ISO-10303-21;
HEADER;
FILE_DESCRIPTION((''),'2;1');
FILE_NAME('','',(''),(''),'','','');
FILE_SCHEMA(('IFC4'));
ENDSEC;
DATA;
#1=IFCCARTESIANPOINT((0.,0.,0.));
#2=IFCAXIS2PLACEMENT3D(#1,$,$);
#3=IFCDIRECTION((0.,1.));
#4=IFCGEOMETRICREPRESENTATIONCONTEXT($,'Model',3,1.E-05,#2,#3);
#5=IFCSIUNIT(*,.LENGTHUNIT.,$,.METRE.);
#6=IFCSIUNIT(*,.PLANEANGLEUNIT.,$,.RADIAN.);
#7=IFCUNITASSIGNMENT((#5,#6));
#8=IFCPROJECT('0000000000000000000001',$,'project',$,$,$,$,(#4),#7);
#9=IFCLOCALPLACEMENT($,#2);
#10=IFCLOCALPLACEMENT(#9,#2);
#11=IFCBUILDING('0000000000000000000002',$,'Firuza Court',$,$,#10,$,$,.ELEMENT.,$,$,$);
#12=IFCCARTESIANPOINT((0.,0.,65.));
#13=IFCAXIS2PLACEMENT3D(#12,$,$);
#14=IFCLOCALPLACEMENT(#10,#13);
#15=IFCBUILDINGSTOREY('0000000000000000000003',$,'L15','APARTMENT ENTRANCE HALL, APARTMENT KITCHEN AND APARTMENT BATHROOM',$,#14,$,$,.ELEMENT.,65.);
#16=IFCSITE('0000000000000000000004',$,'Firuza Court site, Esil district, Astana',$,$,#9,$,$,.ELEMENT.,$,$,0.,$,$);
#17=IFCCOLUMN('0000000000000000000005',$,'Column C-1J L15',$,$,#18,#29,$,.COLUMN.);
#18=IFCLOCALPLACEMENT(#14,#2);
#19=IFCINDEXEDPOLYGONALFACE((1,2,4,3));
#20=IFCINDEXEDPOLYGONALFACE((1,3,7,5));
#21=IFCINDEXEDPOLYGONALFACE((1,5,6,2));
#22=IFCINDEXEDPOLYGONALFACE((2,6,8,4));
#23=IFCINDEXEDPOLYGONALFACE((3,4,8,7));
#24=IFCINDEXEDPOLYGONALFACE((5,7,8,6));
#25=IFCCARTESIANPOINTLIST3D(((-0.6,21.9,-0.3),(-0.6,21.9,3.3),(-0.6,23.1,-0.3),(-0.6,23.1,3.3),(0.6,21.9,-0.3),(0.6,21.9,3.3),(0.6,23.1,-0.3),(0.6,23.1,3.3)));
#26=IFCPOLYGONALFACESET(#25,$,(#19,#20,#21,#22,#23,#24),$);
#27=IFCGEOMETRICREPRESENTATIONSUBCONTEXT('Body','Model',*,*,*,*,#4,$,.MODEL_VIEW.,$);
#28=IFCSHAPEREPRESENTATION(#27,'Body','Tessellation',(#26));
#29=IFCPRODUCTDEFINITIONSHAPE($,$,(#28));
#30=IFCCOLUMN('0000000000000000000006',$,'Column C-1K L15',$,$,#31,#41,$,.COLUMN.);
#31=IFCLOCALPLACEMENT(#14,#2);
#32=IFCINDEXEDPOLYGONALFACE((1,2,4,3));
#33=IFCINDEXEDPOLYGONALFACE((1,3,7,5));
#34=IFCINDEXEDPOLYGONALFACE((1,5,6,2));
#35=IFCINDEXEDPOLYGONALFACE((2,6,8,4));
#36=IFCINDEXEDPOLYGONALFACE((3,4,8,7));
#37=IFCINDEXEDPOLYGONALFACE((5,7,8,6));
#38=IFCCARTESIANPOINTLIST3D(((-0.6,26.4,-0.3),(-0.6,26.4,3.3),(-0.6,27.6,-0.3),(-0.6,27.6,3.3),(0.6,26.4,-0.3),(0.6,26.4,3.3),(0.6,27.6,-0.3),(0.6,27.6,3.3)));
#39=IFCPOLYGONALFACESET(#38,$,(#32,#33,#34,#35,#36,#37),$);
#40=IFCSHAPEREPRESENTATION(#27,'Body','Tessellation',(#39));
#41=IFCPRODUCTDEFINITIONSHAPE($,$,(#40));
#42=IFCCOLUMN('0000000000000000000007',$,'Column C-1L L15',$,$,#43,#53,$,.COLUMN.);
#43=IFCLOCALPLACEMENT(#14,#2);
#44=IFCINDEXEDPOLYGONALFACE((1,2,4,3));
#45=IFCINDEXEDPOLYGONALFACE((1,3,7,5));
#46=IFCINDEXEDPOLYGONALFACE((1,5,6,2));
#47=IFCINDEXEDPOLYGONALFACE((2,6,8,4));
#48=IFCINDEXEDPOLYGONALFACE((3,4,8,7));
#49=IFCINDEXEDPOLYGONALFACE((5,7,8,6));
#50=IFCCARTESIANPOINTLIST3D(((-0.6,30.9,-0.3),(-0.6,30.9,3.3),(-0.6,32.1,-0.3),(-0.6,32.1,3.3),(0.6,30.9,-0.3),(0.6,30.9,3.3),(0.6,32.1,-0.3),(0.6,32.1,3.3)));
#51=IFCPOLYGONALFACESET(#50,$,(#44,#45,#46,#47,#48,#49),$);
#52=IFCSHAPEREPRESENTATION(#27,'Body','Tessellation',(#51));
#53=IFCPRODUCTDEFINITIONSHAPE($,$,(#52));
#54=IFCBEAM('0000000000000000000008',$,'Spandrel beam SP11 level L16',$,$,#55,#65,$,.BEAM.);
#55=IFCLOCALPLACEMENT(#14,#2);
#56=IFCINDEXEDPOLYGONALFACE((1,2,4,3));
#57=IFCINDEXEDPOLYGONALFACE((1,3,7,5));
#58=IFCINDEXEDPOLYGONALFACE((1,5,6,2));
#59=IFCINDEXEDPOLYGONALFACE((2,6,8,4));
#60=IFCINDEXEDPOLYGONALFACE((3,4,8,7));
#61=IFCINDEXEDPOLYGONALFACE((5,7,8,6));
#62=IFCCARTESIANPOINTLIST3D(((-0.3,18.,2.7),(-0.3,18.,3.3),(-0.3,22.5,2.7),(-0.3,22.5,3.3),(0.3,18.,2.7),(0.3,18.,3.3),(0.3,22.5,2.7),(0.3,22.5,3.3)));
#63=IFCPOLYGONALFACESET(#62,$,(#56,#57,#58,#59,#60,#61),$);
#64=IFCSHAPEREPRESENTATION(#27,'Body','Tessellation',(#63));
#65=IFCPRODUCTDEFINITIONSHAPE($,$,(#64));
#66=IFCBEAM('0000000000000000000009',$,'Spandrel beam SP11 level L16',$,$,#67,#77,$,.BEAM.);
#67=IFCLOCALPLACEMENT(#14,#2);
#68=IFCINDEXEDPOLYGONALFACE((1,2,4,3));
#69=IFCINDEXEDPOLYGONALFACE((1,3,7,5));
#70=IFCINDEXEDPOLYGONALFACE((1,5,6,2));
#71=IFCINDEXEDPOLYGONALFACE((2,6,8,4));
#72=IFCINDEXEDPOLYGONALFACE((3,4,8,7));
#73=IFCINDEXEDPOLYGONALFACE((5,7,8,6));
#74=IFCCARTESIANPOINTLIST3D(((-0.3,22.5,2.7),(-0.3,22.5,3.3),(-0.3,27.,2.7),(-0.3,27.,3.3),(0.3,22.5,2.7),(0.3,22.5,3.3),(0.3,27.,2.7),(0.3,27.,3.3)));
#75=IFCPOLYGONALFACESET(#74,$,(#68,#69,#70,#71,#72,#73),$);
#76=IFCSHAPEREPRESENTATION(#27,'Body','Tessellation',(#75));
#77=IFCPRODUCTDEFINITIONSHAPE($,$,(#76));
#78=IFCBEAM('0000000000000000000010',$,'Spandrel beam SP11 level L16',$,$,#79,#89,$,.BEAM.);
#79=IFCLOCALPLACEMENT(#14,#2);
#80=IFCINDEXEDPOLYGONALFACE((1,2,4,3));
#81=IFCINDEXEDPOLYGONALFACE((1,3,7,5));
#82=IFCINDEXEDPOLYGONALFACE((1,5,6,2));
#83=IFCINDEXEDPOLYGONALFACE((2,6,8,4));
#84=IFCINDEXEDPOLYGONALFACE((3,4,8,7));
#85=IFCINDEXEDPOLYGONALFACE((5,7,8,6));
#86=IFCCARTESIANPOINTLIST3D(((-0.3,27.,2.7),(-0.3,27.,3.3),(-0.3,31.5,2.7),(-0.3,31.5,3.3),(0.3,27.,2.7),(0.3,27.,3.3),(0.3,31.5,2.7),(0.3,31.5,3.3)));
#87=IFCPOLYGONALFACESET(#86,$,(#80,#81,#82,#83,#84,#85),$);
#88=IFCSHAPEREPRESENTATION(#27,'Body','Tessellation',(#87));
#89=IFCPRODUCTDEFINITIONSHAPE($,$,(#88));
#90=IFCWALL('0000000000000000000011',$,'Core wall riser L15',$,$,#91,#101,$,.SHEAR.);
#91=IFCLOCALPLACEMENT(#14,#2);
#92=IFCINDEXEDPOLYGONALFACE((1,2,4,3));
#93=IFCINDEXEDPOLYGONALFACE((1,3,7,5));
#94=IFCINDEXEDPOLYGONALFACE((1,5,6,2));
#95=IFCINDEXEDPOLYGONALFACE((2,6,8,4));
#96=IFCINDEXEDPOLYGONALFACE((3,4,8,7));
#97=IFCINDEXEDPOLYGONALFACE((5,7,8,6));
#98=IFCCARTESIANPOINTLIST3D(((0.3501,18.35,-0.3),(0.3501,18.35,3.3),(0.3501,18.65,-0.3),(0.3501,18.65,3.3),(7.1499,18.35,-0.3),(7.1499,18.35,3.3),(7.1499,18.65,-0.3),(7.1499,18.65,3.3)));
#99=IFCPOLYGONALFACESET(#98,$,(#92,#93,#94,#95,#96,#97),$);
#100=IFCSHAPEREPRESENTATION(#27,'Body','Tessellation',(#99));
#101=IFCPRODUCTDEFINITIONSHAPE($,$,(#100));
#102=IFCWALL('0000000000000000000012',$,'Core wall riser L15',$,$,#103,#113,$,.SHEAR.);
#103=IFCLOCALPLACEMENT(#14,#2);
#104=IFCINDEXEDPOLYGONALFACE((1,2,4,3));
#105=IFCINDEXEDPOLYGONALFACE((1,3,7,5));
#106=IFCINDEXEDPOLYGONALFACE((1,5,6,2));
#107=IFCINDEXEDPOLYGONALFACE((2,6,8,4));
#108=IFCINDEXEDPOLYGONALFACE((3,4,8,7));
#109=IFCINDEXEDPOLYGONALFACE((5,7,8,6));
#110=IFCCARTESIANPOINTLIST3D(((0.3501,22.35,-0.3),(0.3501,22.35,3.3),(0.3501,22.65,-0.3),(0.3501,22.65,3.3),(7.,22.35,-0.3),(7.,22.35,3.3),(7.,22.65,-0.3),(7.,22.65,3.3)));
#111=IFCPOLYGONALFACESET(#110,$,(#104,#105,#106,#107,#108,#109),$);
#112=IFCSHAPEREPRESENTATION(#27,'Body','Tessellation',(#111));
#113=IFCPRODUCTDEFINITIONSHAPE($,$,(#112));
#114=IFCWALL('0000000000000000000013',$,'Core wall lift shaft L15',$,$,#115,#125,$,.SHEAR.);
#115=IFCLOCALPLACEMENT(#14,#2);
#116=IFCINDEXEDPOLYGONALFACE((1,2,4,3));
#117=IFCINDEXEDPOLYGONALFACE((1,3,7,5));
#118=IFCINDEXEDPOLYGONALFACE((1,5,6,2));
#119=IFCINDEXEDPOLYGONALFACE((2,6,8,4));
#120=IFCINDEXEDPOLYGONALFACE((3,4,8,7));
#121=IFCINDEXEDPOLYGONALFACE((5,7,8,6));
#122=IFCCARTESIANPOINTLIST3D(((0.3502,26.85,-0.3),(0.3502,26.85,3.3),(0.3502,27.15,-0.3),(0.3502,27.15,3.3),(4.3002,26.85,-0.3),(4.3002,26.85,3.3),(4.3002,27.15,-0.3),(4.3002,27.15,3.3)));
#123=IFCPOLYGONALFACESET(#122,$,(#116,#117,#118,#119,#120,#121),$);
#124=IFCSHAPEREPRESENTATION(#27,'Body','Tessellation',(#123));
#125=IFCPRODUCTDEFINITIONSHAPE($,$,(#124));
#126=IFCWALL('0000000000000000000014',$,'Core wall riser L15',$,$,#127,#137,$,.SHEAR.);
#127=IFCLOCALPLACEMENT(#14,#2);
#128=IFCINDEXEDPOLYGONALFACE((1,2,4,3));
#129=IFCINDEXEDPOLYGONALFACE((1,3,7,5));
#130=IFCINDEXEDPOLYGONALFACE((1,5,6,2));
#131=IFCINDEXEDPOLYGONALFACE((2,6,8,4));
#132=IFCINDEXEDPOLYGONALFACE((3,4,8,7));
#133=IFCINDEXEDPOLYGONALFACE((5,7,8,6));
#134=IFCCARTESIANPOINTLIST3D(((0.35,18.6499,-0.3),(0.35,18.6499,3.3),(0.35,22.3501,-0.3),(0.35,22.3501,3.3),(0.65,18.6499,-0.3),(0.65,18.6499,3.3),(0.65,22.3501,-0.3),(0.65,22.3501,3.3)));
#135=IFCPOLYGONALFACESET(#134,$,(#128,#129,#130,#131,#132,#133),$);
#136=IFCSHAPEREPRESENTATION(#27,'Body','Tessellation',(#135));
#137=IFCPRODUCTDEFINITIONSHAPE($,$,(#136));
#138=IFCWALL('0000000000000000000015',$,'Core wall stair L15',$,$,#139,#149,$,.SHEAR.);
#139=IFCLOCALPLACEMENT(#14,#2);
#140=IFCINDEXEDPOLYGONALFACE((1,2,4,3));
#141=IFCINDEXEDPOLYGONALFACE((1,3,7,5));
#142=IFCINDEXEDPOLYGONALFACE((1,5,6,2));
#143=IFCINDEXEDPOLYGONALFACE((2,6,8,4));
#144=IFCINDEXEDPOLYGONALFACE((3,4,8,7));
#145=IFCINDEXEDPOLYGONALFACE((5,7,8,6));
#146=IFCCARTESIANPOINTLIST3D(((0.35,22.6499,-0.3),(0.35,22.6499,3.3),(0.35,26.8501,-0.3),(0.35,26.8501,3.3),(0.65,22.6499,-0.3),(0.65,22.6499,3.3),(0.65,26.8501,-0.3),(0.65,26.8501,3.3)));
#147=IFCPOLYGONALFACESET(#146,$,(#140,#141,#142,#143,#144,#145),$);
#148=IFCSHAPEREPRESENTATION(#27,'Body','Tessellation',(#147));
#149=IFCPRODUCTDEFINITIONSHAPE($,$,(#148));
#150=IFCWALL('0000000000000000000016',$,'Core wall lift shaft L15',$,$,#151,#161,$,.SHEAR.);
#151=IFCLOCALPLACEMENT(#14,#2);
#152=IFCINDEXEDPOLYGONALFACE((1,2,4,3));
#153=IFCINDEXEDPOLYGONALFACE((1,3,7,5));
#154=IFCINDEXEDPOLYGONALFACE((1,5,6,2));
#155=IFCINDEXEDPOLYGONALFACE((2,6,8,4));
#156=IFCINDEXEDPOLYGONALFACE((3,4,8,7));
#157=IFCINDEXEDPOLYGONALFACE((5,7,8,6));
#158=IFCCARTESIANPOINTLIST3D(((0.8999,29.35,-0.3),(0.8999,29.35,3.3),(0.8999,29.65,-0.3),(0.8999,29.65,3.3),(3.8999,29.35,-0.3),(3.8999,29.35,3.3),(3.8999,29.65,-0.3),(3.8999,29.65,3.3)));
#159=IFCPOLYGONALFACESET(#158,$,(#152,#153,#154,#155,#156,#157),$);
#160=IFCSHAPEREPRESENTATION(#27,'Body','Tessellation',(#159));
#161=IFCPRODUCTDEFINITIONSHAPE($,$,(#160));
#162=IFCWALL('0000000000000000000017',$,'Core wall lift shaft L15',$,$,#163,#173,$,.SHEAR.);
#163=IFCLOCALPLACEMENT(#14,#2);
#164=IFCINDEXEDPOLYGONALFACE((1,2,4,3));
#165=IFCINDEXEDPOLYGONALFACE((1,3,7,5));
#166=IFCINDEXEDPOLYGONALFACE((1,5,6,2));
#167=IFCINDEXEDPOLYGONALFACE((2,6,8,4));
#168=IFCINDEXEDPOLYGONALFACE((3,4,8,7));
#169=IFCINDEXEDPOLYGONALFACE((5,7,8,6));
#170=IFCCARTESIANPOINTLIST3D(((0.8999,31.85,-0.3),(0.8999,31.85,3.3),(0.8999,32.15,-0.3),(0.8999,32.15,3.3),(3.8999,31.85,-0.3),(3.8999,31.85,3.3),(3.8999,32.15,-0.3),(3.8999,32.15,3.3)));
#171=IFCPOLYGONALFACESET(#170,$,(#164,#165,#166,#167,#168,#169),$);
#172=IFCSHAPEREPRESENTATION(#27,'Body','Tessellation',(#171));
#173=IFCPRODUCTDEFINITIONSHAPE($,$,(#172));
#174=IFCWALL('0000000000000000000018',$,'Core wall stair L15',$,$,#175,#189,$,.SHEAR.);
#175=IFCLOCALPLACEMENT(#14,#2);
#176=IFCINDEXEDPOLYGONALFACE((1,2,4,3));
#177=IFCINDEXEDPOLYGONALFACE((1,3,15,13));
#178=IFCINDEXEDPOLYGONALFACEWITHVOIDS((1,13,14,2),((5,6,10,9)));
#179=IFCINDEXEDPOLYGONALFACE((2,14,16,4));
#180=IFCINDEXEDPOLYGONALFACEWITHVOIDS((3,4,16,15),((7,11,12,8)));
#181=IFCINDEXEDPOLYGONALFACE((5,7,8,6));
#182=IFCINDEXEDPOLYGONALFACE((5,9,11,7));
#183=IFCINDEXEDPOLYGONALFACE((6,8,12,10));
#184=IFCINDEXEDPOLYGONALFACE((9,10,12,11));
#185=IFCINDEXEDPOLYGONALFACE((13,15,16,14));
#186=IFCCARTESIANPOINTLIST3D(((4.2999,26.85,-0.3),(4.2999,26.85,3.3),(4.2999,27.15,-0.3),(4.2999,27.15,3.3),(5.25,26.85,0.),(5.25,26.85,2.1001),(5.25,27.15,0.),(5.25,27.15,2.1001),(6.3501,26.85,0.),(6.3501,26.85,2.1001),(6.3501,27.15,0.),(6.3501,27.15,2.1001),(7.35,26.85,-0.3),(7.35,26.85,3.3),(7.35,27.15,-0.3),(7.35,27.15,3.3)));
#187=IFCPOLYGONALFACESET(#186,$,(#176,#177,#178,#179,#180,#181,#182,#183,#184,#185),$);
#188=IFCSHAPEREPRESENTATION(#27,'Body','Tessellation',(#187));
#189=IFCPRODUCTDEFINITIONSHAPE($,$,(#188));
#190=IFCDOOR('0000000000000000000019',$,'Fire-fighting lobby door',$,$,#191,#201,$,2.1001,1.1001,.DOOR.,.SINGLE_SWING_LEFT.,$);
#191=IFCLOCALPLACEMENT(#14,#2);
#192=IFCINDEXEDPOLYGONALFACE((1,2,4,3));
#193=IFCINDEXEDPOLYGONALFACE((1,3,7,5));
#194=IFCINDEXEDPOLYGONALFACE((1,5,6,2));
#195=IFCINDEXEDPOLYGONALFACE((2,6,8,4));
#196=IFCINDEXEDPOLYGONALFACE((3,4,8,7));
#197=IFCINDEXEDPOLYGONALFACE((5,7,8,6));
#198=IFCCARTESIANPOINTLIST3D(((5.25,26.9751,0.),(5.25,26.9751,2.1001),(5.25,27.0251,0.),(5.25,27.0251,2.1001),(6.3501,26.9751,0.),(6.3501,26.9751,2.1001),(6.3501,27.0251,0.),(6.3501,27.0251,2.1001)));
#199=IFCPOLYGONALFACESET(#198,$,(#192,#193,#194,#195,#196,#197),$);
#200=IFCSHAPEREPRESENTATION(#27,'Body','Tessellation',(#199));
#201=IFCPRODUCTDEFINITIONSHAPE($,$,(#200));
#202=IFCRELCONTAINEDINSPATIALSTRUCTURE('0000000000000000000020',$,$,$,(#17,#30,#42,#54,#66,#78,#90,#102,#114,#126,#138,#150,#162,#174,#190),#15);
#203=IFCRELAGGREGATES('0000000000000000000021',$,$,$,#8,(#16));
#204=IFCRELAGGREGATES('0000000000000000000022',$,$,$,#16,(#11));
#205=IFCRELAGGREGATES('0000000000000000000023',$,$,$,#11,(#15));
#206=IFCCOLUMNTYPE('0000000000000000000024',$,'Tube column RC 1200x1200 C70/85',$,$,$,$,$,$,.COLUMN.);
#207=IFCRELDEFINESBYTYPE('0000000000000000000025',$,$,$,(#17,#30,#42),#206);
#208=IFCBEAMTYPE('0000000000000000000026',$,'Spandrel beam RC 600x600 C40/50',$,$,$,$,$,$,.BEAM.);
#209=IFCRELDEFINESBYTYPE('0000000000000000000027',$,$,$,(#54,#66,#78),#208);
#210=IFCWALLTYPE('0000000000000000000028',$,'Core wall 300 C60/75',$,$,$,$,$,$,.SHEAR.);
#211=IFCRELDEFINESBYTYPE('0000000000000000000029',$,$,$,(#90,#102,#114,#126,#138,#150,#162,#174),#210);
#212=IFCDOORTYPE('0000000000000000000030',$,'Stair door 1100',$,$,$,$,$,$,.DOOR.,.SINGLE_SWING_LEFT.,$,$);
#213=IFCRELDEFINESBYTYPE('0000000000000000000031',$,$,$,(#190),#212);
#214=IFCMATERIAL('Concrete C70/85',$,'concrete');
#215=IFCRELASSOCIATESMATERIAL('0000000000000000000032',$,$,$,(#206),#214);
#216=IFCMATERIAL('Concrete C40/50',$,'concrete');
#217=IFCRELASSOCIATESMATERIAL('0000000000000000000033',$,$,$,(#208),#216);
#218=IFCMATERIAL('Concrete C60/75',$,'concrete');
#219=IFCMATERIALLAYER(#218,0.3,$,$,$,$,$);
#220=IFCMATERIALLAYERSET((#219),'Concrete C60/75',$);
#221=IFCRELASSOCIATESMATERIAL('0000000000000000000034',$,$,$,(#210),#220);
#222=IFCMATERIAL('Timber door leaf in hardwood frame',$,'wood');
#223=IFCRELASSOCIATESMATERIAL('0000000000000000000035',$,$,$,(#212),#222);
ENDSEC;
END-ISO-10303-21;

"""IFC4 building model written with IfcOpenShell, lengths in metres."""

from ifc_helpers import new_model, si_unit, direction, frame, frame_2d, origin, origin_2d, place, context, subcontext, project, spatial, rectangle, extrude, material, layer, layer_set, material_profile, profile_set, type_object, element, fill, save


model = new_model("IFC4")

# Units and contexts
model_context = context("Model", 3, precision=1e-05, world=origin(), true_north=direction((0.0, 1.0)))
body_context = subcontext(model_context, "Body", "Model", "MODEL_VIEW")
ifc_project = project(units=[si_unit("LENGTHUNIT", "METRE"), si_unit("PLANEANGLEUNIT", "RADIAN")], contexts=[model_context])

# Site, building, storey
site_placement = place(None, origin())
site = spatial("IfcSite", under=ifc_project, at=site_placement, Name="Firuza Court site, Esil district, Astana", CompositionType="ELEMENT", RefElevation=0.0)
building_placement = place(site_placement, origin())
building = spatial("IfcBuilding", under=site, at=building_placement, Name="Firuza Court", CompositionType="ELEMENT")
storey_placement = place(building_placement, frame((0.0, 0.0, 65.0)))
storey = spatial("IfcBuildingStorey", under=building, at=storey_placement, Name="L15", Description="APARTMENT ENTRANCE HALL, APARTMENT KITCHEN AND APARTMENT BATHROOM", CompositionType="ELEMENT", Elevation=65.0)

# Columns
ifc_material_1 = material(Name="Concrete C70/85", Category="concrete")
ifc_material_profile_1 = material_profile(ifc_material_1, rectangle(XDim=1.2, YDim=1.2, at=origin_2d()), Name="RC 1200x1200")
ifc_profile_set_1 = profile_set([ifc_material_profile_1], Name="Concrete C70/85")
column_type = type_object("IfcColumnType", Name="Tube column RC 1200x1200 C70/85", PredefinedType="COLUMN", material=ifc_profile_set_1)
for number, where, z_axis, x_axis, name in (
    (1, (0.0, 22.5, -0.3), (0.0, 0.0, 1.0), (1.0, 0.0, 0.0), "Column C-1J L15"),
    (2, (0.0, 27.0, -0.3), (0.0, 0.0, 1.0), (1.0, 0.0, 0.0), "Column C-1K L15"),
    (3, (0.0, 31.5, -0.3), (0.0, 0.0, 1.0), (1.0, 0.0, 0.0), "Column C-1L L15"),
):
    element("IfcColumn", number, at=place(storey_placement, frame(where, z_axis=z_axis, x_axis=x_axis)), inside=storey, type_object=column_type, Name=name, PredefinedType="COLUMN", context=body_context, shape_type="SweptSolid", body=[
        extrude(rectangle(XDim=1.2, YDim=1.2, at=origin_2d()), origin(), (0.0, 0.0, 1.0), 3.6001),
    ])

# Beams
ifc_material_2 = material(Name="Concrete C40/50", Category="concrete")
ifc_material_profile_2 = material_profile(ifc_material_2, rectangle(XDim=0.6001, YDim=0.6001, at=origin_2d()), Name="RC 600x600")
ifc_profile_set_2 = profile_set([ifc_material_profile_2], Name="Concrete C40/50")
beam_type = type_object("IfcBeamType", Name="Spandrel beam RC 600x600 C40/50", PredefinedType="BEAM", material=ifc_profile_set_2)
for number, where, z_axis, x_axis, name in (
    (4, (0.0, 22.5, 3.0), (0.0, -1.0, 0.0), (1.0, 0.0, 0.0), "Spandrel beam SP11 level L16"),
    (5, (0.0, 27.0, 3.0), (0.0, -1.0, 0.0), (1.0, 0.0, 0.0), "Spandrel beam SP11 level L16"),
    (6, (0.0, 31.5, 3.0), (0.0, -1.0, 0.0), (1.0, 0.0, 0.0), "Spandrel beam SP11 level L16"),
):
    element("IfcBeam", number, at=place(storey_placement, frame(where, z_axis=z_axis, x_axis=x_axis)), inside=storey, type_object=beam_type, Name=name, PredefinedType="BEAM", context=body_context, shape_type="SweptSolid", body=[
        extrude(rectangle(XDim=0.6001, YDim=0.6001, at=origin_2d()), origin(), (0.0, 0.0, 1.0), 4.5),
    ])

# Walls
ifc_material_3 = material(Name="Concrete C60/75", Category="concrete")
ifc_layer_1 = layer(ifc_material_3, 0.3)
ifc_layer_set_1 = layer_set([ifc_layer_1], Name="Concrete C60/75")
wall_type_1 = type_object("IfcWallType", Name="Core wall 300 C60/75", PredefinedType="SHEAR", material=ifc_layer_set_1)
wall_1_placement = place(storey_placement, frame((0.3501, 18.5, -0.3), z_axis=(0.0, 0.0, 1.0), x_axis=(1.0, 0.0, 0.0)))
element("IfcWall", 7, at=wall_1_placement, inside=storey, type_object=wall_type_1, Name="Core wall riser L15", PredefinedType="SHEAR", context=body_context, shape_type="SweptSolid", body=[
    extrude(rectangle(XDim=6.7998, YDim=0.3, at=frame_2d((3.3999, 0.0))), origin(), (0.0, 0.0, 1.0), 3.6001),
])
wall_2_placement = place(storey_placement, frame((0.3501, 22.5, -0.3), z_axis=(0.0, 0.0, 1.0), x_axis=(1.0, 0.0, 0.0)))
element("IfcWall", 8, at=wall_2_placement, inside=storey, type_object=wall_type_1, Name="Core wall riser L15", PredefinedType="SHEAR", context=body_context, shape_type="SweptSolid", body=[
    extrude(rectangle(XDim=6.6499, YDim=0.3, at=frame_2d((3.325, 0.0))), origin(), (0.0, 0.0, 1.0), 3.6001),
])
wall_3_placement = place(storey_placement, frame((0.3501, 27.0, -0.3), z_axis=(0.0, 0.0, 1.0), x_axis=(1.0, 0.0, 0.0)))
element("IfcWall", 9, at=wall_3_placement, inside=storey, type_object=wall_type_1, Name="Core wall lift shaft L15", PredefinedType="SHEAR", context=body_context, shape_type="SweptSolid", body=[
    extrude(rectangle(XDim=3.95, YDim=0.3, at=frame_2d((1.9751, 0.0))), origin(), (0.0, 0.0, 1.0), 3.6001),
])
wall_4_placement = place(storey_placement, frame((0.5, 18.6499, -0.3), z_axis=(0.0, 0.0, 1.0), x_axis=(0.0, 1.0, 0.0)))
element("IfcWall", 10, at=wall_4_placement, inside=storey, type_object=wall_type_1, Name="Core wall riser L15", PredefinedType="SHEAR", context=body_context, shape_type="SweptSolid", body=[
    extrude(rectangle(XDim=3.7002, YDim=0.3, at=frame_2d((1.8501, 0.0))), origin(), (0.0, 0.0, 1.0), 3.6001),
])
wall_5_placement = place(storey_placement, frame((0.5, 22.6499, -0.3), z_axis=(0.0, 0.0, 1.0), x_axis=(0.0, 1.0, 0.0)))
element("IfcWall", 11, at=wall_5_placement, inside=storey, type_object=wall_type_1, Name="Core wall stair L15", PredefinedType="SHEAR", context=body_context, shape_type="SweptSolid", body=[
    extrude(rectangle(XDim=4.2002, YDim=0.3, at=frame_2d((2.1001, 0.0))), origin(), (0.0, 0.0, 1.0), 3.6001),
])
for number, where, z_axis, x_axis, name in (
    (12, (0.8999, 29.5, -0.3), (0.0, 0.0, 1.0), (1.0, 0.0, 0.0), "Core wall lift shaft L15"),
    (13, (0.8999, 32.0, -0.3), (0.0, 0.0, 1.0), (1.0, 0.0, 0.0), "Core wall lift shaft L15"),
):
    element("IfcWall", number, at=place(storey_placement, frame(where, z_axis=z_axis, x_axis=x_axis)), inside=storey, type_object=wall_type_1, Name=name, PredefinedType="SHEAR", context=body_context, shape_type="SweptSolid", body=[
        extrude(rectangle(XDim=3.0, YDim=0.3, at=frame_2d((1.5, 0.0))), origin(), (0.0, 0.0, 1.0), 3.6001),
    ])

# Wall, opening, door
wall_6_placement = place(storey_placement, frame((4.3, 27.0, -0.3), z_axis=(0.0, 0.0, 1.0), x_axis=(1.0, 0.0, 0.0)))
wall_6 = element("IfcWall", 14, at=wall_6_placement, inside=storey, type_object=wall_type_1, Name="Core wall stair L15", PredefinedType="SHEAR", context=body_context, shape_type="SweptSolid", body=[
    extrude(rectangle(XDim=3.05, YDim=0.3, at=frame_2d((1.5249, 0.0))), origin(), (0.0, 0.0, 1.0), 3.6001),
])
opening_1_placement = place(wall_6_placement, frame((0.95, 0.0, 0.3)))
opening_1 = element("IfcOpeningElement", 15, at=opening_1_placement, cuts=wall_6, PredefinedType="OPENING", context=body_context, shape_type="SweptSolid", body=[
    extrude(rectangle(XDim=1.1001, YDim=2.1001, at=frame_2d((0.55, 1.05))), frame((0.0, 0.1621, 0.0), z_axis=(0.0, -1.0, 0.0), x_axis=(1.0, 0.0, 0.0)), (0.0, 0.0, 1.0), 0.324),
])
ifc_material_4 = material(Name="Timber door leaf in hardwood frame", Category="wood")
door_type_1 = type_object("IfcDoorType", Name="Stair door 1100", OperationType="SINGLE_SWING_LEFT", PredefinedType="DOOR", material=ifc_material_4)
door_1_placement = place(opening_1_placement, frame((1.1001, 0.0, 0.0), z_axis=(0.0, 0.0, 1.0), x_axis=(-1.0, 0.0, 0.0)))
door_1 = element("IfcDoor", 16, at=door_1_placement, inside=storey, type_object=door_type_1, Name="Fire-fighting lobby door", OperationType="SINGLE_SWING_LEFT", OverallHeight=2.1001, OverallWidth=1.1001, PredefinedType="DOOR", context=body_context, shape_type="SweptSolid", body=[
    extrude(rectangle(XDim=1.1001, YDim=2.1001, at=frame_2d((0.55, 1.05))), frame((0.0, 0.0249, 0.0), z_axis=(0.0, -1.0, 0.0), x_axis=(1.0, 0.0, 0.0)), (0.0, 0.0, 1.0), 0.05),
])
fill(opening_1, door_1)

save(model, "model.ifc")
